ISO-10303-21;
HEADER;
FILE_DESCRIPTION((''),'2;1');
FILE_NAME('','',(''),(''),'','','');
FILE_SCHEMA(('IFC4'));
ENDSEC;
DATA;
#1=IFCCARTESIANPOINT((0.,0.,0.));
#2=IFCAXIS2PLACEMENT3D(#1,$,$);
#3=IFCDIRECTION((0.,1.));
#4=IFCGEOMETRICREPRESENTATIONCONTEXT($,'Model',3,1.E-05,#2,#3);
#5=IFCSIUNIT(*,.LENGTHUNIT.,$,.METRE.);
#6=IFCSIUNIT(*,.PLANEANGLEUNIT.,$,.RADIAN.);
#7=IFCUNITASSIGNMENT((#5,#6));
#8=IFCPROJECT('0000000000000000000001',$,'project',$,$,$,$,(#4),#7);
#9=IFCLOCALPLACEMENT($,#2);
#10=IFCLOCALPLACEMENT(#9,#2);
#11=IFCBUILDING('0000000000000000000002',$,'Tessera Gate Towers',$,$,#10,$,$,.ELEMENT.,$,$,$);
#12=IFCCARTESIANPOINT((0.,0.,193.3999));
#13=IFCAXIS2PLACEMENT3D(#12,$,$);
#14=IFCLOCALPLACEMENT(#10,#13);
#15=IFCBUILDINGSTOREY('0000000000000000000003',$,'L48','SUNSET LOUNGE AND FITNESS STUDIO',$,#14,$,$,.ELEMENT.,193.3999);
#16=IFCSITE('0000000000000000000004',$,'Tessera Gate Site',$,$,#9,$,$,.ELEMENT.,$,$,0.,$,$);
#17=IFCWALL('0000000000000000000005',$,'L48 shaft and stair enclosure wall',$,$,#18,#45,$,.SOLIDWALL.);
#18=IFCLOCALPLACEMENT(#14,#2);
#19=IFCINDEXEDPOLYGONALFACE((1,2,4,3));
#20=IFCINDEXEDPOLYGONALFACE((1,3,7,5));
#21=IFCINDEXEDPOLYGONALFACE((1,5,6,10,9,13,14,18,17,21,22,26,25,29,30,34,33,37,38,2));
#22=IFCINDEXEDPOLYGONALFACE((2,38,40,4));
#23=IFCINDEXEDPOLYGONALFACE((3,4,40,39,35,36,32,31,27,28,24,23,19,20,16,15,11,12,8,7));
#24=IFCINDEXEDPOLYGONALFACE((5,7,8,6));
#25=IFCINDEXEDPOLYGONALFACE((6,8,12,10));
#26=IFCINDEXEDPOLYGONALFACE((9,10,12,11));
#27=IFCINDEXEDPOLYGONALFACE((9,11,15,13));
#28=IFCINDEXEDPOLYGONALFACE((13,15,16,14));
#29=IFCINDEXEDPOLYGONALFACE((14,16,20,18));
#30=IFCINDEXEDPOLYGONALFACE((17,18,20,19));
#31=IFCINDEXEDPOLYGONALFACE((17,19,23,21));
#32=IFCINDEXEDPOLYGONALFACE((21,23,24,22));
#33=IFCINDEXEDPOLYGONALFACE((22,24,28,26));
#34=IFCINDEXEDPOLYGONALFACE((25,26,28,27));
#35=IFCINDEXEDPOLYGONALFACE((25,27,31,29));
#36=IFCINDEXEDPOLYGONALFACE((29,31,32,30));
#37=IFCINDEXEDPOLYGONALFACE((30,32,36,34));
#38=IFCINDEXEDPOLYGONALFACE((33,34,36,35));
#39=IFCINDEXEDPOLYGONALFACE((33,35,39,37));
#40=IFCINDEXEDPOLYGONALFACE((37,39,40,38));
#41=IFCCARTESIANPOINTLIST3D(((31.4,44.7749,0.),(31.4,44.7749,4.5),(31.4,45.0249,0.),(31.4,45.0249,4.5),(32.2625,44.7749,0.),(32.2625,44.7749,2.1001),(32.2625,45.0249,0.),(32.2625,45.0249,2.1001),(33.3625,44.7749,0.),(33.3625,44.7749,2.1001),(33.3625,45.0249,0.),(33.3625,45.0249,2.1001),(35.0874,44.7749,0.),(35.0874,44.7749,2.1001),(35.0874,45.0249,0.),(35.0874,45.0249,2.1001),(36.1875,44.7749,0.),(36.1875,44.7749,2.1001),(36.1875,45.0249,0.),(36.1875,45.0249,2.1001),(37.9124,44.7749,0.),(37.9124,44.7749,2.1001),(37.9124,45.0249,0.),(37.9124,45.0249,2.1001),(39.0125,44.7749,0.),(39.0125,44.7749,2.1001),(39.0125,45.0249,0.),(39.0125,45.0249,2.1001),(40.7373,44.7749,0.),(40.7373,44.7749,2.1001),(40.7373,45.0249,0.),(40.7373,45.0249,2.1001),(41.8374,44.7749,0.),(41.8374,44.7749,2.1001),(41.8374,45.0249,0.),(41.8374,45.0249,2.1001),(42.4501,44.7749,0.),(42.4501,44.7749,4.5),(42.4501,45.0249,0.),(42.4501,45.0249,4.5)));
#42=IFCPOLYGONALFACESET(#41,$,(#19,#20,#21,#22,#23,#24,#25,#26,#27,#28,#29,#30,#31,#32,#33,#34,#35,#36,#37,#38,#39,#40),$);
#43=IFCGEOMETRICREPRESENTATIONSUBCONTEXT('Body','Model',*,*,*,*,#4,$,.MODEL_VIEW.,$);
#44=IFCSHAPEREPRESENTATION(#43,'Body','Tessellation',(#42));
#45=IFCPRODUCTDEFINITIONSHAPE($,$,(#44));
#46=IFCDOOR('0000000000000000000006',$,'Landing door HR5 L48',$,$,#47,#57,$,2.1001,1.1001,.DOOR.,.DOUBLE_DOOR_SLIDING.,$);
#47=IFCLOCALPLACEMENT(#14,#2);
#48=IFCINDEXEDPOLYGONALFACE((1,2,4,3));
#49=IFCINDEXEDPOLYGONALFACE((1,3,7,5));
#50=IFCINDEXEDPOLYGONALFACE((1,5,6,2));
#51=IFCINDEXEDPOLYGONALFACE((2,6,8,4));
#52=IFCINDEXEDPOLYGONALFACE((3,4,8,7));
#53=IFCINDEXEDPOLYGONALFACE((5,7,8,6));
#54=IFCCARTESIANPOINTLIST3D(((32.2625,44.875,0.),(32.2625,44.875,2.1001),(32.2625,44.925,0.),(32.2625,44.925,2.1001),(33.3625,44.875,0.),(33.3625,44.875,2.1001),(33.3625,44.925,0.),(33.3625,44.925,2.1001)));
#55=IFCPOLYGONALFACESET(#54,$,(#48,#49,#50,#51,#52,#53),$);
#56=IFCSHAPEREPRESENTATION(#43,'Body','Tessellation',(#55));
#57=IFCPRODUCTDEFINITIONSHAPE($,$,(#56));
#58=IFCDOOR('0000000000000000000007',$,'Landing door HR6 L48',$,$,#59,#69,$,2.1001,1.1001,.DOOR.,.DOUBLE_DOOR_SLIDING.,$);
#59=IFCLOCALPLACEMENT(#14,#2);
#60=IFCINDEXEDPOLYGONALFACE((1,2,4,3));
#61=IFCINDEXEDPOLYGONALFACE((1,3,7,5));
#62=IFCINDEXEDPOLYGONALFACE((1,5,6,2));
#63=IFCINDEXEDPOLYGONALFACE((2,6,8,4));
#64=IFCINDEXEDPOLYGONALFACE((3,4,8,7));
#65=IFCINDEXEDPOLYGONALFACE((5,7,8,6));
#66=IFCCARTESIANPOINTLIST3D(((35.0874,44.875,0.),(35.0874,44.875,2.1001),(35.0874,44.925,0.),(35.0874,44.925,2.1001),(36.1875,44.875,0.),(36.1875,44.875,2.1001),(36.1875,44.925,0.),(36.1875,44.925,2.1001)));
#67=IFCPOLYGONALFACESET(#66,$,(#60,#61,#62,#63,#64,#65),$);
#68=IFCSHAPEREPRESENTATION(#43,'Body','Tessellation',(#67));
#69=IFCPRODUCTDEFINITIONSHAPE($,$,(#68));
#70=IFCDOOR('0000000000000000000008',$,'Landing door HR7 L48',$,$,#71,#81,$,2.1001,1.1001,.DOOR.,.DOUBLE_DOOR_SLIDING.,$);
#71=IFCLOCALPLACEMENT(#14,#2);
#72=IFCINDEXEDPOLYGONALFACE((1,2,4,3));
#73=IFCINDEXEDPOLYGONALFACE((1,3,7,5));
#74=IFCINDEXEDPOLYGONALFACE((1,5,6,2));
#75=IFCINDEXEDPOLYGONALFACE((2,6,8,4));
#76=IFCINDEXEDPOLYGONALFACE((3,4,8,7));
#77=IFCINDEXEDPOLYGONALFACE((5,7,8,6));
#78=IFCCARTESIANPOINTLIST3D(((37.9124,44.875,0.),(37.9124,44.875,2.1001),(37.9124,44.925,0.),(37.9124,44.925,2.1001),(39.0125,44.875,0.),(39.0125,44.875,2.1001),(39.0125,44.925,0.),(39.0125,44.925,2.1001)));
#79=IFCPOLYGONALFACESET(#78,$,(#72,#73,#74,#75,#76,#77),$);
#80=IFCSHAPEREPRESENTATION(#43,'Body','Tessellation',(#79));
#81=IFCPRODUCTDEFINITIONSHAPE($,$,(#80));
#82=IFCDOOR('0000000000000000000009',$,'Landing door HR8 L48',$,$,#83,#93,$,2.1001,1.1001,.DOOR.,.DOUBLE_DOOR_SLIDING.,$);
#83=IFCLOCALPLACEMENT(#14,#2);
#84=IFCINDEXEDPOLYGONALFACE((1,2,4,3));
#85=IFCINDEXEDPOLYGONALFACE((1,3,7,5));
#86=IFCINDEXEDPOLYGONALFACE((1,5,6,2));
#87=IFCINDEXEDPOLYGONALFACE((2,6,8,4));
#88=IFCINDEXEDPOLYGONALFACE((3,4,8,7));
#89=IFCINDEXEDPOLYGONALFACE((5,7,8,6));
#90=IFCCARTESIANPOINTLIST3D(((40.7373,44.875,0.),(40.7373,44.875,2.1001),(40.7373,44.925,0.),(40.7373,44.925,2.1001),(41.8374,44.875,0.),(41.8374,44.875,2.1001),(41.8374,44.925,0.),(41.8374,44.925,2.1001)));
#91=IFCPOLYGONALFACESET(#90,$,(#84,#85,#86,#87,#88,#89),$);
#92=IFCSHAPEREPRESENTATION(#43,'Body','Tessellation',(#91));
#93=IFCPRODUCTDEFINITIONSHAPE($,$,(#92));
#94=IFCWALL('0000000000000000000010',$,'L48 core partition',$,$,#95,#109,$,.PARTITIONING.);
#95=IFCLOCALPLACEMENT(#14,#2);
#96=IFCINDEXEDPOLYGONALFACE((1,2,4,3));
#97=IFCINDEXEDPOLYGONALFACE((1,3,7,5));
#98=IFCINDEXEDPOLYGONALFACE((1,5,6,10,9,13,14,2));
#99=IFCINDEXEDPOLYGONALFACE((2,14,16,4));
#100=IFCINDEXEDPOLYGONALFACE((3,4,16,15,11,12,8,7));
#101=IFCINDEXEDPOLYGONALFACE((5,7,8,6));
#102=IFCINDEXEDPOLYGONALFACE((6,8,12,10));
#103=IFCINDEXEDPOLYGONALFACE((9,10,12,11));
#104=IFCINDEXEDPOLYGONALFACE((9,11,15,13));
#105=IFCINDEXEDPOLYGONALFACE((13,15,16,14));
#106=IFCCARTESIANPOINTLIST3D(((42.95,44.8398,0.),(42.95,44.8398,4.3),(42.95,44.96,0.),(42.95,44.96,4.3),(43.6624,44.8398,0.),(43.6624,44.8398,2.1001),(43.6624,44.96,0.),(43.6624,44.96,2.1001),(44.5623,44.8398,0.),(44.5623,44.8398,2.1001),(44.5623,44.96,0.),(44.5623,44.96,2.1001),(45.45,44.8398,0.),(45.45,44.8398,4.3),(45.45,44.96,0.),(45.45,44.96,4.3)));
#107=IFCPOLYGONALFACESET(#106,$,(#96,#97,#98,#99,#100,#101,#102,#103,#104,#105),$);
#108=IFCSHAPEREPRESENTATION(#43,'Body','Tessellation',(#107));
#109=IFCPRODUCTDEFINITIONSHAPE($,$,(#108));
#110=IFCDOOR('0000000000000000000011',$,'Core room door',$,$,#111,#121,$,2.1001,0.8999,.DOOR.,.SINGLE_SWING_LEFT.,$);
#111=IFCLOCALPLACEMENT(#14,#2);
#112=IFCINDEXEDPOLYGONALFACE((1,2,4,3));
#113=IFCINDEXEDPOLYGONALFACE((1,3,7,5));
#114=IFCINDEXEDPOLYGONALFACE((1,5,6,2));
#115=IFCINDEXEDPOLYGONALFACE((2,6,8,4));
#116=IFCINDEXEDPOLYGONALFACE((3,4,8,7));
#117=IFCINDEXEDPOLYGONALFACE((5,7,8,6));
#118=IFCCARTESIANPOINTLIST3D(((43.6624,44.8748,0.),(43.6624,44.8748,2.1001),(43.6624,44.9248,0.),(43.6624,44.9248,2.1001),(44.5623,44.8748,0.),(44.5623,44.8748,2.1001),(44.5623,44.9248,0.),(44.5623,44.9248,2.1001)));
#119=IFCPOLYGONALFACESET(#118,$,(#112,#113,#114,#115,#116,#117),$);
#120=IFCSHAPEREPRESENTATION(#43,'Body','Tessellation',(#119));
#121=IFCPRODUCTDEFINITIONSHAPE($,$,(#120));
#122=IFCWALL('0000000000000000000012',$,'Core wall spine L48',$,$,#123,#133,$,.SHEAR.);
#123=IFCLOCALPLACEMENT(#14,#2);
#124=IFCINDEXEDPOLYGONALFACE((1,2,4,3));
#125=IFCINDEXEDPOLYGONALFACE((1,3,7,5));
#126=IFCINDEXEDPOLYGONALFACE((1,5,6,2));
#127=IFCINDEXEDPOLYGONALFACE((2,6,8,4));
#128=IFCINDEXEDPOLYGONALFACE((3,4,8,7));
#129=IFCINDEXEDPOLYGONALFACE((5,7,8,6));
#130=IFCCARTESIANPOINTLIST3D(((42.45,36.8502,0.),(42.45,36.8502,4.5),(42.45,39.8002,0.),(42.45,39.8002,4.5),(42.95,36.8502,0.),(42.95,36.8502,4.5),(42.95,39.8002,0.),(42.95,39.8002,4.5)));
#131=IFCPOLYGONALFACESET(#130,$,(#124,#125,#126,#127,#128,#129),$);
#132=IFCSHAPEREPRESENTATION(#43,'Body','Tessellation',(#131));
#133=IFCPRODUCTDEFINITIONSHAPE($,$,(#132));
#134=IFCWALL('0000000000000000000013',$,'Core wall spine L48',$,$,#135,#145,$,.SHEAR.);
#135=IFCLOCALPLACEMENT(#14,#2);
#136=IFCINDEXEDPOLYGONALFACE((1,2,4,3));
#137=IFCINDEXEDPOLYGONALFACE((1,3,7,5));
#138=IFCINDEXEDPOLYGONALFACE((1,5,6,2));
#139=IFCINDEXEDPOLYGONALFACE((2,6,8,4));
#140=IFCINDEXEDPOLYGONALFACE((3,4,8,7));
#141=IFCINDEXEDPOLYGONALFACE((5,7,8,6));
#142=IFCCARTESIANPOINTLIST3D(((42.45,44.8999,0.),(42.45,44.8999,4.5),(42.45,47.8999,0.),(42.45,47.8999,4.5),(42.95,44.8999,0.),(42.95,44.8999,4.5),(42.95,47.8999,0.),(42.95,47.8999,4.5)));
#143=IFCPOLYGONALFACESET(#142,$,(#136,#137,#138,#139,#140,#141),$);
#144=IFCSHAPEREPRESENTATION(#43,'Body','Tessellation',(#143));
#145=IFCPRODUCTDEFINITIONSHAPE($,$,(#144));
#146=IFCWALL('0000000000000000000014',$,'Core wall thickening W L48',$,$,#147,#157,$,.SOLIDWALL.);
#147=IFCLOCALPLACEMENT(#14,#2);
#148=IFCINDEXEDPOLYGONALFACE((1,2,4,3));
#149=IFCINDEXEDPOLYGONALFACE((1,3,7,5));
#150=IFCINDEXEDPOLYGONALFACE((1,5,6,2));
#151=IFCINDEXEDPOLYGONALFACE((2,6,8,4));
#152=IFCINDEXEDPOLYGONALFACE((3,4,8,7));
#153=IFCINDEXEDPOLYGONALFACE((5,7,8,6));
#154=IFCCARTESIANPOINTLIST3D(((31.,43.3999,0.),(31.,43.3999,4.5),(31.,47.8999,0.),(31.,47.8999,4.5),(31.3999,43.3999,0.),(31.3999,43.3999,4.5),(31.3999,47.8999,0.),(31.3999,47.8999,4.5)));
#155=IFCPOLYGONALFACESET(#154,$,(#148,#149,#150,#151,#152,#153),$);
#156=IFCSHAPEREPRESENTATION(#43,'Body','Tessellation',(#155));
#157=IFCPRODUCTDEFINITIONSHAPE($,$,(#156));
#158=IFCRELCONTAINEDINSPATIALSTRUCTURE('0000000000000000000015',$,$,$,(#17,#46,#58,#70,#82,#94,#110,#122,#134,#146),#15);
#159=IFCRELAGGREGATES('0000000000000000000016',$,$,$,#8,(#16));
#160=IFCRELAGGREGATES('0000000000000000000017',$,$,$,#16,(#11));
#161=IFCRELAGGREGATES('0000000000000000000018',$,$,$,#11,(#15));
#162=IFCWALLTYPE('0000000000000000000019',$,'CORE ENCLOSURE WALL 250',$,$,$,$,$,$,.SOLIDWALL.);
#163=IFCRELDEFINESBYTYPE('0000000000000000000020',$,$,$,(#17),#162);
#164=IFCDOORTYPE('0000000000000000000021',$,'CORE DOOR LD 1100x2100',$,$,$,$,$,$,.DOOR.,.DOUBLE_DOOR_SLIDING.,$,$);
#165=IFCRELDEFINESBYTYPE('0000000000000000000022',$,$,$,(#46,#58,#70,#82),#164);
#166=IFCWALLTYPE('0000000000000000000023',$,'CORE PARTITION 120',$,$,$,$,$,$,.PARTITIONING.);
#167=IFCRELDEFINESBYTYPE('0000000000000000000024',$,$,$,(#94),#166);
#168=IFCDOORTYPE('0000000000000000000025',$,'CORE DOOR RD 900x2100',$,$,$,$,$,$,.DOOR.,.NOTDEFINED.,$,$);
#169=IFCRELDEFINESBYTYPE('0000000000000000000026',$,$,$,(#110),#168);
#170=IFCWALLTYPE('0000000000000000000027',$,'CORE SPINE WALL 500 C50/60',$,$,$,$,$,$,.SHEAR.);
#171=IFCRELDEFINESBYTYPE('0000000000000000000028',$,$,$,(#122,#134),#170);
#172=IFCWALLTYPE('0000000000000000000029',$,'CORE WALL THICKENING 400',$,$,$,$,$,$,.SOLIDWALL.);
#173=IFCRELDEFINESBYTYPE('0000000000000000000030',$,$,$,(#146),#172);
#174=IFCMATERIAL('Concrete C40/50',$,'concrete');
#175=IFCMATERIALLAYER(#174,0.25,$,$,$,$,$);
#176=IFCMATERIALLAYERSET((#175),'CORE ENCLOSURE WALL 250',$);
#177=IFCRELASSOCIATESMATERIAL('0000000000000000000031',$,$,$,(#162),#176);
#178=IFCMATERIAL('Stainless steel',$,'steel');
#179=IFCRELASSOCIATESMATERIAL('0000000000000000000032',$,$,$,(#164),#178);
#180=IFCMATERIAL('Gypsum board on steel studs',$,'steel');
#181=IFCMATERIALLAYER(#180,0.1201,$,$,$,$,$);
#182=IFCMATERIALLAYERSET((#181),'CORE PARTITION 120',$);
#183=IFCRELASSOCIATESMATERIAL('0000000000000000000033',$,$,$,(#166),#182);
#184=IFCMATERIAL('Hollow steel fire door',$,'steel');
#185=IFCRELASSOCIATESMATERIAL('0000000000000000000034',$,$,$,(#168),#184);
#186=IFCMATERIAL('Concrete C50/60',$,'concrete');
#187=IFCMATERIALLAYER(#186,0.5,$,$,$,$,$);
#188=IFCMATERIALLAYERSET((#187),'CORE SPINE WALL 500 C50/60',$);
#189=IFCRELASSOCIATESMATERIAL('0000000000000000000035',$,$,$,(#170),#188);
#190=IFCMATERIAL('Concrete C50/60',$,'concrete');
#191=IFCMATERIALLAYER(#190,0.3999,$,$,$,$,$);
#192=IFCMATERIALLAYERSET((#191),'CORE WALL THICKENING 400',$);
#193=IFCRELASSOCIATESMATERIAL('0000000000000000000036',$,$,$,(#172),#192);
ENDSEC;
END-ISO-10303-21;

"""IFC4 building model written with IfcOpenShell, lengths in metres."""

from ifc_helpers import new_model, si_unit, direction, frame, frame_2d, origin, place, context, subcontext, project, spatial, rectangle, extrude, source, transform, mapped, material, layer, layer_set, type_object, element, fill, save


model = new_model("IFC4")

# Units and contexts
model_context = context("Model", 3, precision=1e-05, world=origin(), true_north=direction((0.0, 1.0)))
body_context = subcontext(model_context, "Body", "Model", "MODEL_VIEW")
ifc_project = project(units=[si_unit("LENGTHUNIT", "METRE"), si_unit("PLANEANGLEUNIT", "RADIAN")], contexts=[model_context])

# Site, building, storey
site_placement = place(None, origin())
site = spatial("IfcSite", under=ifc_project, at=site_placement, Name="Tessera Gate Site", CompositionType="ELEMENT", RefElevation=0.0)
building_placement = place(site_placement, origin())
building = spatial("IfcBuilding", under=site, at=building_placement, Name="Tessera Gate Towers", CompositionType="ELEMENT")
storey_placement = place(building_placement, frame((0.0, 0.0, 193.3999)))
storey = spatial("IfcBuildingStorey", under=building, at=storey_placement, Name="L48", Description="SUNSET LOUNGE AND FITNESS STUDIO", CompositionType="ELEMENT", Elevation=193.3999)

# Wall, openings, doors
ifc_material_1 = material(Name="Concrete C40/50", Category="concrete")
ifc_layer_1 = layer(ifc_material_1, 0.25)
ifc_layer_set_1 = layer_set([ifc_layer_1], Name="CORE ENCLOSURE WALL 250")
wall_type_1 = type_object("IfcWallType", Name="CORE ENCLOSURE WALL 250", PredefinedType="SOLIDWALL", material=ifc_layer_set_1)
shared_shape_1 = source(origin(), body_context, "Body", "SweptSolid", [
    extrude(rectangle(XDim=1.1001, YDim=2.1001, at=frame_2d((0.55, 1.05))), frame((0.0, 0.135, 0.0), z_axis=(0.0, -1.0, 0.0), x_axis=(1.0, 0.0, 0.0)), (0.0, 0.0, 1.0), 0.27),
])
ifc_material_2 = material(Name="Stainless steel", Category="steel")
door_type_1 = type_object("IfcDoorType", Name="CORE DOOR LD 1100x2100", OperationType="DOUBLE_DOOR_SLIDING", PredefinedType="DOOR", material=ifc_material_2)
shared_shape_2 = source(origin(), body_context, "Body", "SweptSolid", [
    extrude(rectangle(XDim=1.1001, YDim=2.1001, at=frame_2d((0.55, 1.05))), frame((0.0, 0.0249, 0.0), z_axis=(0.0, -1.0, 0.0), x_axis=(1.0, 0.0, 0.0)), (0.0, 0.0, 1.0), 0.05),
])
wall_1_placement = place(storey_placement, frame((42.45, 44.8999, 0.0), z_axis=(0.0, 0.0, 1.0), x_axis=(-1.0, 0.0, 0.0)))
wall_1 = element("IfcWall", 1, at=wall_1_placement, inside=storey, type_object=wall_type_1, Name="L48 shaft and stair enclosure wall", PredefinedType="SOLIDWALL", context=body_context, shape_type="SweptSolid", body=[
    extrude(rectangle(XDim=11.05, YDim=0.25, at=frame_2d((5.5249, 0.0))), origin(), (0.0, 0.0, 1.0), 4.5),
])
opening_1_placement = place(wall_1_placement, frame((9.0874, 0.0, 0.0)))
opening_1 = element("IfcOpeningElement", 2, at=opening_1_placement, cuts=wall_1, PredefinedType="OPENING", context=body_context, shape_type="MappedRepresentation", body=[
    mapped(shared_shape_1, transform((0.0, 0.0, 0.0), scale=1.0)),
])
opening_2_placement = place(wall_1_placement, frame((6.2625, 0.0, 0.0)))
opening_2 = element("IfcOpeningElement", 3, at=opening_2_placement, cuts=wall_1, PredefinedType="OPENING", context=body_context, shape_type="MappedRepresentation", body=[
    mapped(shared_shape_1, transform((0.0, 0.0, 0.0), scale=1.0)),
])
opening_3_placement = place(wall_1_placement, frame((3.4375, 0.0, 0.0)))
opening_3 = element("IfcOpeningElement", 4, at=opening_3_placement, cuts=wall_1, PredefinedType="OPENING", context=body_context, shape_type="MappedRepresentation", body=[
    mapped(shared_shape_1, transform((0.0, 0.0, 0.0), scale=1.0)),
])
opening_4_placement = place(wall_1_placement, frame((0.6125, 0.0, 0.0)))
opening_4 = element("IfcOpeningElement", 5, at=opening_4_placement, cuts=wall_1, PredefinedType="OPENING", context=body_context, shape_type="MappedRepresentation", body=[
    mapped(shared_shape_1, transform((0.0, 0.0, 0.0), scale=1.0)),
])
door_1_placement = place(opening_1_placement, origin())
door_1 = element("IfcDoor", 6, at=door_1_placement, inside=storey, type_object=door_type_1, Name="Landing door HR5 L48", OperationType="DOUBLE_DOOR_SLIDING", OverallHeight=2.1001, OverallWidth=1.1001, PredefinedType="DOOR", context=body_context, shape_type="MappedRepresentation", body=[
    mapped(shared_shape_2, transform((0.0, 0.0, 0.0), scale=1.0)),
])
fill(opening_1, door_1)
door_2_placement = place(opening_2_placement, origin())
door_2 = element("IfcDoor", 7, at=door_2_placement, inside=storey, type_object=door_type_1, Name="Landing door HR6 L48", OperationType="DOUBLE_DOOR_SLIDING", OverallHeight=2.1001, OverallWidth=1.1001, PredefinedType="DOOR", context=body_context, shape_type="MappedRepresentation", body=[
    mapped(shared_shape_2, transform((0.0, 0.0, 0.0), scale=1.0)),
])
fill(opening_2, door_2)
door_3_placement = place(opening_3_placement, origin())
door_3 = element("IfcDoor", 8, at=door_3_placement, inside=storey, type_object=door_type_1, Name="Landing door HR7 L48", OperationType="DOUBLE_DOOR_SLIDING", OverallHeight=2.1001, OverallWidth=1.1001, PredefinedType="DOOR", context=body_context, shape_type="MappedRepresentation", body=[
    mapped(shared_shape_2, transform((0.0, 0.0, 0.0), scale=1.0)),
])
fill(opening_3, door_3)
door_4_placement = place(opening_4_placement, origin())
door_4 = element("IfcDoor", 9, at=door_4_placement, inside=storey, type_object=door_type_1, Name="Landing door HR8 L48", OperationType="DOUBLE_DOOR_SLIDING", OverallHeight=2.1001, OverallWidth=1.1001, PredefinedType="DOOR", context=body_context, shape_type="MappedRepresentation", body=[
    mapped(shared_shape_2, transform((0.0, 0.0, 0.0), scale=1.0)),
])
fill(opening_4, door_4)

# Wall, opening, door
ifc_material_3 = material(Name="Gypsum board on steel studs", Category="steel")
ifc_layer_2 = layer(ifc_material_3, 0.1201)
ifc_layer_set_2 = layer_set([ifc_layer_2], Name="CORE PARTITION 120")
wall_type_2 = type_object("IfcWallType", Name="CORE PARTITION 120", PredefinedType="PARTITIONING", material=ifc_layer_set_2)
wall_2_placement = place(storey_placement, frame((42.95, 44.8999, 0.0), z_axis=(0.0, 0.0, 1.0), x_axis=(1.0, 0.0, 0.0)))
wall_2 = element("IfcWall", 10, at=wall_2_placement, inside=storey, type_object=wall_type_2, Name="L48 core partition", PredefinedType="PARTITIONING", context=body_context, shape_type="SweptSolid", body=[
    extrude(rectangle(XDim=2.5, YDim=0.1201, at=frame_2d((1.25, 0.0))), origin(), (0.0, 0.0, 1.0), 4.3),
])
shared_shape_3 = source(origin(), body_context, "Body", "SweptSolid", [
    extrude(rectangle(XDim=0.8999, YDim=2.1001, at=frame_2d((0.45, 1.05))), frame((0.0, 0.0701, 0.0), z_axis=(0.0, -1.0, 0.0), x_axis=(1.0, 0.0, 0.0)), (0.0, 0.0, 1.0), 0.1401),
])
opening_5_placement = place(wall_2_placement, frame((0.7124, 0.0, 0.0)))
opening_5 = element("IfcOpeningElement", 11, at=opening_5_placement, cuts=wall_2, PredefinedType="OPENING", context=body_context, shape_type="MappedRepresentation", body=[
    mapped(shared_shape_3, transform((0.0, 0.0, 0.0), scale=1.0)),
])
ifc_material_4 = material(Name="Hollow steel fire door", Category="steel")
door_type_2 = type_object("IfcDoorType", Name="CORE DOOR RD 900x2100", OperationType="NOTDEFINED", PredefinedType="DOOR", material=ifc_material_4)
shared_shape_4 = source(origin(), body_context, "Body", "SweptSolid", [
    extrude(rectangle(XDim=0.8999, YDim=2.1001, at=frame_2d((0.45, 1.05))), frame((0.0, 0.0249, 0.0), z_axis=(0.0, -1.0, 0.0), x_axis=(1.0, 0.0, 0.0)), (0.0, 0.0, 1.0), 0.05),
])
door_5_placement = place(opening_5_placement, origin())
door_5 = element("IfcDoor", 12, at=door_5_placement, inside=storey, type_object=door_type_2, Name="Core room door", OperationType="SINGLE_SWING_LEFT", OverallHeight=2.1001, OverallWidth=0.8999, PredefinedType="DOOR", context=body_context, shape_type="MappedRepresentation", body=[
    mapped(shared_shape_4, transform((0.0, 0.0, 0.0), scale=1.0)),
])
fill(opening_5, door_5)

# Walls
ifc_material_5 = material(Name="Concrete C50/60", Category="concrete")
ifc_layer_3 = layer(ifc_material_5, 0.5)
ifc_layer_set_3 = layer_set([ifc_layer_3], Name="CORE SPINE WALL 500 C50/60")
wall_type_3 = type_object("IfcWallType", Name="CORE SPINE WALL 500 C50/60", PredefinedType="SHEAR", material=ifc_layer_set_3)
wall_3_placement = place(storey_placement, frame((42.7, 36.8501, 0.0), z_axis=(0.0, 0.0, 1.0), x_axis=(0.0, 1.0, 0.0)))
element("IfcWall", 13, at=wall_3_placement, inside=storey, type_object=wall_type_3, Name="Core wall spine L48", PredefinedType="SHEAR", context=body_context, shape_type="SweptSolid", body=[
    extrude(rectangle(XDim=2.95, YDim=0.5, at=frame_2d((1.4751, 0.0))), origin(), (0.0, 0.0, 1.0), 4.5),
])
wall_4_placement = place(storey_placement, frame((42.7, 44.8999, 0.0), z_axis=(0.0, 0.0, 1.0), x_axis=(0.0, 1.0, 0.0)))
element("IfcWall", 14, at=wall_4_placement, inside=storey, type_object=wall_type_3, Name="Core wall spine L48", PredefinedType="SHEAR", context=body_context, shape_type="SweptSolid", body=[
    extrude(rectangle(XDim=3.0, YDim=0.5, at=frame_2d((1.5, 0.0))), origin(), (0.0, 0.0, 1.0), 4.5),
])
ifc_material_6 = material(Name="Concrete C50/60", Category="concrete")
ifc_layer_4 = layer(ifc_material_6, 0.3999)
ifc_layer_set_4 = layer_set([ifc_layer_4], Name="CORE WALL THICKENING 400")
wall_type_4 = type_object("IfcWallType", Name="CORE WALL THICKENING 400", PredefinedType="SOLIDWALL", material=ifc_layer_set_4)
wall_5_placement = place(storey_placement, frame((31.2, 43.3999, 0.0), z_axis=(0.0, 0.0, 1.0), x_axis=(0.0, 1.0, 0.0)))
element("IfcWall", 15, at=wall_5_placement, inside=storey, type_object=wall_type_4, Name="Core wall thickening W L48", PredefinedType="SOLIDWALL", context=body_context, shape_type="SweptSolid", body=[
    extrude(rectangle(XDim=4.5, YDim=0.3999, at=frame_2d((2.25, 0.0))), origin(), (0.0, 0.0, 1.0), 4.5),
])

save(model, "model.ifc")
